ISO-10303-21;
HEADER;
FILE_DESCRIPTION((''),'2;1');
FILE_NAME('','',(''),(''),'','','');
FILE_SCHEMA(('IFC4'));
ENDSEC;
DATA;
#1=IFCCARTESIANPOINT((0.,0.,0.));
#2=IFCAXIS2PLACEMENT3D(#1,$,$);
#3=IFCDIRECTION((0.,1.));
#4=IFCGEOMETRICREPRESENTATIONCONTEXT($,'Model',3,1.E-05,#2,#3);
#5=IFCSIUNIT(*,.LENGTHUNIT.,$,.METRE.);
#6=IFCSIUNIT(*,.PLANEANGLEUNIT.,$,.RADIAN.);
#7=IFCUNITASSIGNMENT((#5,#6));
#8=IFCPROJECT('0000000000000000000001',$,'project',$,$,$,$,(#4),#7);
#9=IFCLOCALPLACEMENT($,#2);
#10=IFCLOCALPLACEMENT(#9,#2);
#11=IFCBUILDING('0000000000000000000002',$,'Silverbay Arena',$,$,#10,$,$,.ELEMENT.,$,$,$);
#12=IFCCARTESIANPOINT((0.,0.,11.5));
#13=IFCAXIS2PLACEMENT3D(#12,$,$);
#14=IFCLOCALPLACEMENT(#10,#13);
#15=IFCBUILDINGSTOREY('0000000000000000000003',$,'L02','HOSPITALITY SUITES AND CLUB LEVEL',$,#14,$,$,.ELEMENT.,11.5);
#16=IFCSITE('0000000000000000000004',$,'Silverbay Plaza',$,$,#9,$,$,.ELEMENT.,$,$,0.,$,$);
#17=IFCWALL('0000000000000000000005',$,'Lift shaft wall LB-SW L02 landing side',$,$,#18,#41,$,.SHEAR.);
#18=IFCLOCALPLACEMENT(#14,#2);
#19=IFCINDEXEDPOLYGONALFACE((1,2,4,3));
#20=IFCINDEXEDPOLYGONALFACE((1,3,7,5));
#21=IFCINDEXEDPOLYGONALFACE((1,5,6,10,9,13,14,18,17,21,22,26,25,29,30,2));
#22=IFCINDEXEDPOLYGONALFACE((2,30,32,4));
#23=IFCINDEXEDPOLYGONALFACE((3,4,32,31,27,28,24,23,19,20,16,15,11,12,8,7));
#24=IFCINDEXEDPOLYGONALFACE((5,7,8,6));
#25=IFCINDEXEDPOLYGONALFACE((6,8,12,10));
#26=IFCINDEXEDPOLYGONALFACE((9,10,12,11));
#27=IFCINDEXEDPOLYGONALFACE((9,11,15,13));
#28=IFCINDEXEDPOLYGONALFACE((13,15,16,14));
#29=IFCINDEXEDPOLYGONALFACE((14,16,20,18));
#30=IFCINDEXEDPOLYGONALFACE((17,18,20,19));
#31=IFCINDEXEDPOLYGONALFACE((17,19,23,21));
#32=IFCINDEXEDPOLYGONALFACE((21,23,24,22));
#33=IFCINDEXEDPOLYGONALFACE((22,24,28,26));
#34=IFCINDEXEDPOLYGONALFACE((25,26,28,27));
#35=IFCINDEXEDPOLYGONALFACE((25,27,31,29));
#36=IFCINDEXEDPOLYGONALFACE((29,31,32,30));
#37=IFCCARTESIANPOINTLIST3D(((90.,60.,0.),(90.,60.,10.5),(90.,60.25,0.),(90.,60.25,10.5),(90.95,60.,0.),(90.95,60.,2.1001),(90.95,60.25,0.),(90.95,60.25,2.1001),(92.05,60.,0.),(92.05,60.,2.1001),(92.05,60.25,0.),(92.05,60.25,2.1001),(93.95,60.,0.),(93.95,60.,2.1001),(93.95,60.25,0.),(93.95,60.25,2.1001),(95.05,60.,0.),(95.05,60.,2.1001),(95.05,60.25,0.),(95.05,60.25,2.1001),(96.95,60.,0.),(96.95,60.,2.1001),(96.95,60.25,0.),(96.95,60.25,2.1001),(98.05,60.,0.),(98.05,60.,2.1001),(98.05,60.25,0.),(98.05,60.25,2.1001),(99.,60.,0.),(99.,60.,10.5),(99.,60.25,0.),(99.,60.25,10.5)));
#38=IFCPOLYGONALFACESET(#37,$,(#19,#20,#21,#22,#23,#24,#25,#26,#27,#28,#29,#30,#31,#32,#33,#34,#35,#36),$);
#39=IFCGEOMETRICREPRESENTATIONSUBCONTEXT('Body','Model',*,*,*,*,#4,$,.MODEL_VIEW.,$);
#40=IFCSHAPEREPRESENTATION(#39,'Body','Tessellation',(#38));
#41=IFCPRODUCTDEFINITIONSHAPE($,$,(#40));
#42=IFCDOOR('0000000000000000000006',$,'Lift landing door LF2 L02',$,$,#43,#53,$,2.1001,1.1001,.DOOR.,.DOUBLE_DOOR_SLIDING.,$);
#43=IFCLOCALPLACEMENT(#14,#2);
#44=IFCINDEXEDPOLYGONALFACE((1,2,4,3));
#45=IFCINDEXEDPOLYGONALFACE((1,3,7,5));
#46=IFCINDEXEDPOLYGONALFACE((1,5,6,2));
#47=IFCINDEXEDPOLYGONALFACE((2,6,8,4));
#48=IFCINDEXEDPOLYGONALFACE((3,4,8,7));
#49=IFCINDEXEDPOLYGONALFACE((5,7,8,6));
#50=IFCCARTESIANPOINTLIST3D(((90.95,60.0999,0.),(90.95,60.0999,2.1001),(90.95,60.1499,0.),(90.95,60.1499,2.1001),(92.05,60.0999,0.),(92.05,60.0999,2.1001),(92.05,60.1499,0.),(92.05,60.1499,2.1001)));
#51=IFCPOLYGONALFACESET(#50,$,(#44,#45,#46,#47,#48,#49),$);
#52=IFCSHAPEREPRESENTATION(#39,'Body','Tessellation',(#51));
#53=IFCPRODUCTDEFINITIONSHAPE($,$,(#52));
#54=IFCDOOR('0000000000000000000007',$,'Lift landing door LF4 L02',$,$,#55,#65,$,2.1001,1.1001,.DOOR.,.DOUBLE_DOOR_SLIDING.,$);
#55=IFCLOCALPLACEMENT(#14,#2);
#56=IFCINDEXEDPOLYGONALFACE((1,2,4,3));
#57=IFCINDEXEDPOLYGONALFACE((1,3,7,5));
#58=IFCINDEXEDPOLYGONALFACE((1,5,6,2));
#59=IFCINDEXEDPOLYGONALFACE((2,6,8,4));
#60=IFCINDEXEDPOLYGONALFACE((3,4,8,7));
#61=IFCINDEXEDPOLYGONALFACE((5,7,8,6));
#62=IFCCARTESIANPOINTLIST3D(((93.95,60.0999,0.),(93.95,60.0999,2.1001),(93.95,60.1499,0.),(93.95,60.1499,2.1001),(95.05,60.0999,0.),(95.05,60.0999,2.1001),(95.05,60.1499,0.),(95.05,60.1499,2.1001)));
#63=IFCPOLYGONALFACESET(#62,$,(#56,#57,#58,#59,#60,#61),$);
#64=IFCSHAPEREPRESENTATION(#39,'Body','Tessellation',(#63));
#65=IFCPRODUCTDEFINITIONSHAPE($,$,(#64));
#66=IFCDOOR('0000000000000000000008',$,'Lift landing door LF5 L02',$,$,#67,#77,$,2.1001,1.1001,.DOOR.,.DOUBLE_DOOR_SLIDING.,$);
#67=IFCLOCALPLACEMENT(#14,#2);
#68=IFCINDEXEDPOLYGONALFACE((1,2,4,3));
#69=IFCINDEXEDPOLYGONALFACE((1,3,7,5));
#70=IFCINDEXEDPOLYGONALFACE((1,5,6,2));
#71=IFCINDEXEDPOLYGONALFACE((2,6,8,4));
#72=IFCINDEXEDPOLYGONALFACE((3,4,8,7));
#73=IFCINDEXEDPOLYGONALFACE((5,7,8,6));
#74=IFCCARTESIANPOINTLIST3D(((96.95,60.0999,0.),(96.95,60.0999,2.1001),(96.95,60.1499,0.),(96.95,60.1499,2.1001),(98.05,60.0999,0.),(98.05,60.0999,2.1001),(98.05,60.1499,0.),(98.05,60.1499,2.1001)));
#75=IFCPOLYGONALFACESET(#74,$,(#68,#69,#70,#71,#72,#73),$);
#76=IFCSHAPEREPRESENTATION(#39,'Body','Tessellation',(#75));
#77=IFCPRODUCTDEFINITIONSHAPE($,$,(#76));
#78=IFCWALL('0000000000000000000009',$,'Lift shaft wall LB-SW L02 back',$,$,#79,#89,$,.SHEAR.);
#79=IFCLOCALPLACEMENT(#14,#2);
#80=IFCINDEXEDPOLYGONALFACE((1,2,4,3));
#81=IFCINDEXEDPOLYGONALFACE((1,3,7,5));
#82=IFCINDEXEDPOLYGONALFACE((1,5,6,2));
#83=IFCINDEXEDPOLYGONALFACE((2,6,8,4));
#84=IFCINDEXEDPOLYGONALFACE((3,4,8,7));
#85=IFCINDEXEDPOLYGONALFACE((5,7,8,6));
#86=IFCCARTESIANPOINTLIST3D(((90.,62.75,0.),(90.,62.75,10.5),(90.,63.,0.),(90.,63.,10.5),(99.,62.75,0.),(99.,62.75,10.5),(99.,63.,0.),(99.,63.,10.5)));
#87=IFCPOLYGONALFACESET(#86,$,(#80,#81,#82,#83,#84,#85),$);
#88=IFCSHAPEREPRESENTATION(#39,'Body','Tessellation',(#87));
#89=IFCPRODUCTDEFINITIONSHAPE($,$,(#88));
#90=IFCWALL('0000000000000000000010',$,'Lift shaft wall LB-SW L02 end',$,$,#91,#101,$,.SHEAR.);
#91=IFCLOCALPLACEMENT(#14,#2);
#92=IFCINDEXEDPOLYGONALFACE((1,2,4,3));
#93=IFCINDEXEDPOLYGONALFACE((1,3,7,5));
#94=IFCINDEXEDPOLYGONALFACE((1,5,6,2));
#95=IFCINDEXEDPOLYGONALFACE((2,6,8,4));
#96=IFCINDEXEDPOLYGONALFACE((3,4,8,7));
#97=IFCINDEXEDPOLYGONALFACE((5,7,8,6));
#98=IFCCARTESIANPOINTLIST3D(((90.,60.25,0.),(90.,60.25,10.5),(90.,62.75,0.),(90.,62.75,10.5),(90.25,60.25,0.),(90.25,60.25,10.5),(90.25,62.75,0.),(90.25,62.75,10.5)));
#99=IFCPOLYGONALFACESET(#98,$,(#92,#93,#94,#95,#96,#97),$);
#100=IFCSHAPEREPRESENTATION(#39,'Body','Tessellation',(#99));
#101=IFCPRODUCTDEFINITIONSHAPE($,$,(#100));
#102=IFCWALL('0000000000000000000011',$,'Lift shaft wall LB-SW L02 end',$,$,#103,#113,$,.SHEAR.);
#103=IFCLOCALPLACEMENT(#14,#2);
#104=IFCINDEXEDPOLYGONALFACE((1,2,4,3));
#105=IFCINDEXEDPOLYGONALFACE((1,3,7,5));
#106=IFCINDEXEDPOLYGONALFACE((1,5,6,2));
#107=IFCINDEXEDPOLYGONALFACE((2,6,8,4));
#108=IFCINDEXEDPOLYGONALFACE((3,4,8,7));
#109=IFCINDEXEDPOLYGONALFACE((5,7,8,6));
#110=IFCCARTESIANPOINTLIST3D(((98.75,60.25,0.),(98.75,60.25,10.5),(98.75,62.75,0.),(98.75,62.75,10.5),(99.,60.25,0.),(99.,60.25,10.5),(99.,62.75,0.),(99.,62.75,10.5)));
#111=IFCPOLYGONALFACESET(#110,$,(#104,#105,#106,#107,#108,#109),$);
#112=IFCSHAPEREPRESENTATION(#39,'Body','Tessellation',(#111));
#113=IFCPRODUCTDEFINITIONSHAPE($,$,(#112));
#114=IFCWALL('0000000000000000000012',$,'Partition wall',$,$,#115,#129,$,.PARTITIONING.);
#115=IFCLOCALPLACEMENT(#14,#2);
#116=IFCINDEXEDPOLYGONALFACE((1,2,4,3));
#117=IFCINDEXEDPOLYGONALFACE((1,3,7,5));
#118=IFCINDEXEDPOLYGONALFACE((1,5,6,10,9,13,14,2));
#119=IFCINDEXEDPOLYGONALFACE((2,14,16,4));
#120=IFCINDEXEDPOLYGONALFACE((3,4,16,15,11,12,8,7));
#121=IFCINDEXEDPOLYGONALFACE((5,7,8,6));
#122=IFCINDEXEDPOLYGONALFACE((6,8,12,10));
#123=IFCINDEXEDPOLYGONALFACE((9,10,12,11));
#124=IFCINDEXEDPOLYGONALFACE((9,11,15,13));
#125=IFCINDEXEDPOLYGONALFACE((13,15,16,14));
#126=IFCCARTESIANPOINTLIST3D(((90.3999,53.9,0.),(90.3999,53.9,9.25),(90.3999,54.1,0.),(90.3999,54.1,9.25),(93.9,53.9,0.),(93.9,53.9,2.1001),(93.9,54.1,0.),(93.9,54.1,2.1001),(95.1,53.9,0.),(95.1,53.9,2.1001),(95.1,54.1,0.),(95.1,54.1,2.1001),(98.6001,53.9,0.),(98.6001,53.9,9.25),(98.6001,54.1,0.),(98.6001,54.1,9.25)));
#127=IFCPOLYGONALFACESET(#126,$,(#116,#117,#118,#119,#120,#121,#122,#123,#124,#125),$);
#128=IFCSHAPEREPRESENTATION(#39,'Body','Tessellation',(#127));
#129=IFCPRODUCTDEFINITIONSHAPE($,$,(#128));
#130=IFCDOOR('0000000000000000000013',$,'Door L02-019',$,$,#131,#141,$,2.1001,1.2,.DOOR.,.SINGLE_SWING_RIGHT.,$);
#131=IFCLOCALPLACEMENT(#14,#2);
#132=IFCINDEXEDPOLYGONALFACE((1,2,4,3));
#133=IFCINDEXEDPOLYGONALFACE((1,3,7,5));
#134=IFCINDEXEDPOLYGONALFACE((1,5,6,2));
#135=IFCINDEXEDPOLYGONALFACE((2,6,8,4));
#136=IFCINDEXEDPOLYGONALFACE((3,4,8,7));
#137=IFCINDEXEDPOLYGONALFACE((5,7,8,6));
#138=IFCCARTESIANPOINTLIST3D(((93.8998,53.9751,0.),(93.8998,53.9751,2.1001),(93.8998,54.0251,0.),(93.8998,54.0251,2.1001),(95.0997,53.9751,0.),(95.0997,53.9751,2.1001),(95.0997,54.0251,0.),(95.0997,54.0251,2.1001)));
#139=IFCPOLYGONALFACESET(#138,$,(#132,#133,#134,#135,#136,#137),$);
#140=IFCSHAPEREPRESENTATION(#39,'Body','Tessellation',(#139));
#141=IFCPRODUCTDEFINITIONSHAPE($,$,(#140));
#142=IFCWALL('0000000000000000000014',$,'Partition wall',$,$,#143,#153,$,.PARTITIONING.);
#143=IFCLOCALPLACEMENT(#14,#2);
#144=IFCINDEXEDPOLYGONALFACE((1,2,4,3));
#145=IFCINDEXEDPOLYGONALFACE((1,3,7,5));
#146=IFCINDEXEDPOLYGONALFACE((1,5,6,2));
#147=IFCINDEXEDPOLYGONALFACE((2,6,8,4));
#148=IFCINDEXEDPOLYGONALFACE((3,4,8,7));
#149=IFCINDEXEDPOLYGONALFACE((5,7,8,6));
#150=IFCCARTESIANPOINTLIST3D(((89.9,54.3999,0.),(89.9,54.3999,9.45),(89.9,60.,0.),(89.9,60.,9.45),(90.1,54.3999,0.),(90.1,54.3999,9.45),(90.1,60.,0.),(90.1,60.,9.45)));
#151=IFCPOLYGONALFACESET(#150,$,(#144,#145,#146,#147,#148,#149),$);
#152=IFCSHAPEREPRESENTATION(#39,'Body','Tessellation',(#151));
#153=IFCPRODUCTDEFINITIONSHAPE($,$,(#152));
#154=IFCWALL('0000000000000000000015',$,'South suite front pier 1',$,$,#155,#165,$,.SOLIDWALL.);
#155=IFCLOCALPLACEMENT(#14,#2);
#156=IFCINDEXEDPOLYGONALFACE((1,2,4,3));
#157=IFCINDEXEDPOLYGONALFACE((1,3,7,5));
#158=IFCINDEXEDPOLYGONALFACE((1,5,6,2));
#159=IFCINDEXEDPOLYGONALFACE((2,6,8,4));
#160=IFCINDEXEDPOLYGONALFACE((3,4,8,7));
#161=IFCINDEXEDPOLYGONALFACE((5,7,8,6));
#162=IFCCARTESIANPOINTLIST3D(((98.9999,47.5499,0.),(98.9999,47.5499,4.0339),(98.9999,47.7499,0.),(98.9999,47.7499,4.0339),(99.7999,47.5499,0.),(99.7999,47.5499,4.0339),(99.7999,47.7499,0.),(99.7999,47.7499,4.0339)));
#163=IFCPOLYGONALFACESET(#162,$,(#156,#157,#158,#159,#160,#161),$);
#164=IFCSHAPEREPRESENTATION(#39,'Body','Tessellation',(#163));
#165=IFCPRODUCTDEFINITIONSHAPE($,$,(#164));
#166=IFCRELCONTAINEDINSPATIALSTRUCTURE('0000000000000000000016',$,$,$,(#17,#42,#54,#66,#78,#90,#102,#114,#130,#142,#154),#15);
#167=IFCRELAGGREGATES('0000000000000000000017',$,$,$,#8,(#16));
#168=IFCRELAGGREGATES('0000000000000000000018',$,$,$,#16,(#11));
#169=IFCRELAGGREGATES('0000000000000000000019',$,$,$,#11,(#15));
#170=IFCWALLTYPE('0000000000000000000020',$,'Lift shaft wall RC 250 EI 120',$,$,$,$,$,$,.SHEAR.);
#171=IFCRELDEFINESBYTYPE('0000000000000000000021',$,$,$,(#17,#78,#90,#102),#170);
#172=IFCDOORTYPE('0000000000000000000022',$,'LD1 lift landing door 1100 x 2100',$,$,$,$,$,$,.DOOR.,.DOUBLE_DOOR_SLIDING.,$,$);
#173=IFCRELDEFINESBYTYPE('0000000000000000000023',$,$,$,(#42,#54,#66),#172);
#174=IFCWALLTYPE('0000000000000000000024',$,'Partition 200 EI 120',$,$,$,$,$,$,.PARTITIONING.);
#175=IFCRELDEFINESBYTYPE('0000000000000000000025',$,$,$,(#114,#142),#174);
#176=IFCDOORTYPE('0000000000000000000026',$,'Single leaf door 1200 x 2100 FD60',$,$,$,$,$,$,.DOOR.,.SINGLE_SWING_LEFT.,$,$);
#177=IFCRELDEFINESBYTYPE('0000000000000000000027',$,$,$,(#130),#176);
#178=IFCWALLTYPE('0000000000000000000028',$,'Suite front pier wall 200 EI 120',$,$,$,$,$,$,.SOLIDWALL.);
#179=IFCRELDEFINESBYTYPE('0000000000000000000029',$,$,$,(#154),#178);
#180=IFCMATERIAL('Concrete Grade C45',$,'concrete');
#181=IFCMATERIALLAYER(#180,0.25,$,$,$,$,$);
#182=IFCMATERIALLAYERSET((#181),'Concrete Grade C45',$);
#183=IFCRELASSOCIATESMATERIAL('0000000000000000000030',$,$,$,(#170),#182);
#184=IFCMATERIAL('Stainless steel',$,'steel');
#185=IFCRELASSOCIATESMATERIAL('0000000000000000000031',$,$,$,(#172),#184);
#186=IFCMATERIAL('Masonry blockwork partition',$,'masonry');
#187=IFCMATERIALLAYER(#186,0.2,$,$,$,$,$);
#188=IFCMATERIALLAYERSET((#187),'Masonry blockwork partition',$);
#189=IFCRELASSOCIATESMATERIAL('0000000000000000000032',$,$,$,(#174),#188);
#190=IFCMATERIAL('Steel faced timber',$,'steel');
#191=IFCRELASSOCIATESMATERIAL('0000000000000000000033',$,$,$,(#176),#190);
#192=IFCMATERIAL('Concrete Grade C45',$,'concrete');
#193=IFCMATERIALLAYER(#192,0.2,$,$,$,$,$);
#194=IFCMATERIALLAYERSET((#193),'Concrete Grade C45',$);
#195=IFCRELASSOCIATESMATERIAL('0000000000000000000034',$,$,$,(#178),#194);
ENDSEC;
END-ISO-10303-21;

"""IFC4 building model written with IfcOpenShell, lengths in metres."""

from ifc_helpers import new_model, si_unit, direction, frame, frame_2d, origin, place, context, subcontext, project, spatial, rectangle, extrude, material, layer, layer_set, type_object, element, fill, save


model = new_model("IFC4")

# Units and contexts
model_context = context("Model", 3, precision=1e-05, world=origin(), true_north=direction((0.0, 1.0)))
body_context = subcontext(model_context, "Body", "Model", "MODEL_VIEW")
ifc_project = project(units=[si_unit("LENGTHUNIT", "METRE"), si_unit("PLANEANGLEUNIT", "RADIAN")], contexts=[model_context])

# Site, building, storey
site_placement = place(None, origin())
site = spatial("IfcSite", under=ifc_project, at=site_placement, Name="Silverbay Plaza", CompositionType="ELEMENT", RefElevation=0.0)
building_placement = place(site_placement, origin())
building = spatial("IfcBuilding", under=site, at=building_placement, Name="Silverbay Arena", CompositionType="ELEMENT")
storey_placement = place(building_placement, frame((0.0, 0.0, 11.5)))
storey = spatial("IfcBuildingStorey", under=building, at=storey_placement, Name="L02", Description="HOSPITALITY SUITES AND CLUB LEVEL", CompositionType="ELEMENT", Elevation=11.5)

# Wall, openings, doors
ifc_material_1 = material(Name="Concrete Grade C45", Category="concrete")
ifc_layer_1 = layer(ifc_material_1, 0.25)
ifc_layer_set_1 = layer_set([ifc_layer_1], Name="Concrete Grade C45")
wall_type_1 = type_object("IfcWallType", Name="Lift shaft wall RC 250 EI 120", PredefinedType="SHEAR", material=ifc_layer_set_1)
wall_1_placement = place(storey_placement, frame((90.0, 60.125, 0.0), z_axis=(0.0, 0.0, 1.0), x_axis=(1.0, 0.0, 0.0)))
wall_1 = element("IfcWall", 1, at=wall_1_placement, inside=storey, type_object=wall_type_1, Name="Lift shaft wall LB-SW L02 landing side", PredefinedType="SHEAR", context=body_context, shape_type="SweptSolid", body=[
    extrude(rectangle(XDim=9.0, YDim=0.25, at=frame_2d((4.5, 0.0))), origin(), (0.0, 0.0, 1.0), 10.5),
])
opening_1_placement = place(wall_1_placement, frame((0.95, 0.0, 0.0)))
opening_1 = element("IfcOpeningElement", 2, at=opening_1_placement, cuts=wall_1, PredefinedType="OPENING", context=body_context, shape_type="SweptSolid", body=[
    extrude(rectangle(XDim=1.1001, YDim=2.1001, at=frame_2d((0.55, 1.05))), frame((0.0, 0.135, 0.0), z_axis=(0.0, -1.0, 0.0), x_axis=(1.0, 0.0, 0.0)), (0.0, 0.0, 1.0), 0.27),
])
opening_2_placement = place(wall_1_placement, frame((3.95, 0.0, 0.0)))
opening_2 = element("IfcOpeningElement", 3, at=opening_2_placement, cuts=wall_1, PredefinedType="OPENING", context=body_context, shape_type="SweptSolid", body=[
    extrude(rectangle(XDim=1.1001, YDim=2.1001, at=frame_2d((0.55, 1.05))), frame((0.0, 0.135, 0.0), z_axis=(0.0, -1.0, 0.0), x_axis=(1.0, 0.0, 0.0)), (0.0, 0.0, 1.0), 0.27),
])
opening_3_placement = place(wall_1_placement, frame((6.95, 0.0, 0.0)))
opening_3 = element("IfcOpeningElement", 4, at=opening_3_placement, cuts=wall_1, PredefinedType="OPENING", context=body_context, shape_type="SweptSolid", body=[
    extrude(rectangle(XDim=1.1001, YDim=2.1001, at=frame_2d((0.55, 1.05))), frame((0.0, 0.135, 0.0), z_axis=(0.0, -1.0, 0.0), x_axis=(1.0, 0.0, 0.0)), (0.0, 0.0, 1.0), 0.27),
])
ifc_material_2 = material(Name="Stainless steel", Category="steel")
door_type_1 = type_object("IfcDoorType", Name="LD1 lift landing door 1100 x 2100", OperationType="DOUBLE_DOOR_SLIDING", PredefinedType="DOOR", material=ifc_material_2)
door_1_placement = place(opening_1_placement, origin())
door_1 = element("IfcDoor", 5, at=door_1_placement, inside=storey, type_object=door_type_1, Name="Lift landing door LF2 L02", OperationType="DOUBLE_DOOR_SLIDING", OverallHeight=2.1001, OverallWidth=1.1001, PredefinedType="DOOR", context=body_context, shape_type="SweptSolid", body=[
    extrude(rectangle(XDim=1.1001, YDim=2.1001, at=frame_2d((0.55, 1.05))), frame((0.0, 0.0249, 0.0), z_axis=(0.0, -1.0, 0.0), x_axis=(1.0, 0.0, 0.0)), (0.0, 0.0, 1.0), 0.05),
])
fill(opening_1, door_1)
door_2_placement = place(opening_2_placement, origin())
door_2 = element("IfcDoor", 6, at=door_2_placement, inside=storey, type_object=door_type_1, Name="Lift landing door LF4 L02", OperationType="DOUBLE_DOOR_SLIDING", OverallHeight=2.1001, OverallWidth=1.1001, PredefinedType="DOOR", context=body_context, shape_type="SweptSolid", body=[
    extrude(rectangle(XDim=1.1001, YDim=2.1001, at=frame_2d((0.55, 1.05))), frame((0.0, 0.0249, 0.0), z_axis=(0.0, -1.0, 0.0), x_axis=(1.0, 0.0, 0.0)), (0.0, 0.0, 1.0), 0.05),
])
fill(opening_2, door_2)
door_3_placement = place(opening_3_placement, origin())
door_3 = element("IfcDoor", 7, at=door_3_placement, inside=storey, type_object=door_type_1, Name="Lift landing door LF5 L02", OperationType="DOUBLE_DOOR_SLIDING", OverallHeight=2.1001, OverallWidth=1.1001, PredefinedType="DOOR", context=body_context, shape_type="SweptSolid", body=[
    extrude(rectangle(XDim=1.1001, YDim=2.1001, at=frame_2d((0.55, 1.05))), frame((0.0, 0.0249, 0.0), z_axis=(0.0, -1.0, 0.0), x_axis=(1.0, 0.0, 0.0)), (0.0, 0.0, 1.0), 0.05),
])
fill(opening_3, door_3)

# Walls
wall_2_placement = place(storey_placement, frame((90.0, 62.875, 0.0), z_axis=(0.0, 0.0, 1.0), x_axis=(1.0, 0.0, 0.0)))
element("IfcWall", 8, at=wall_2_placement, inside=storey, type_object=wall_type_1, Name="Lift shaft wall LB-SW L02 back", PredefinedType="SHEAR", context=body_context, shape_type="SweptSolid", body=[
    extrude(rectangle(XDim=9.0, YDim=0.25, at=frame_2d((4.5, 0.0))), origin(), (0.0, 0.0, 1.0), 10.5),
])
for number, where, z_axis, x_axis, name in (
    (9, (90.125, 60.25, 0.0), (0.0, 0.0, 1.0), (0.0, 1.0, 0.0), "Lift shaft wall LB-SW L02 end"),
    (10, (98.875, 60.25, 0.0), (0.0, 0.0, 1.0), (0.0, 1.0, 0.0), "Lift shaft wall LB-SW L02 end"),
):
    element("IfcWall", number, at=place(storey_placement, frame(where, z_axis=z_axis, x_axis=x_axis)), inside=storey, type_object=wall_type_1, Name=name, PredefinedType="SHEAR", context=body_context, shape_type="SweptSolid", body=[
        extrude(rectangle(XDim=2.5, YDim=0.25, at=frame_2d((1.25, 0.0))), origin(), (0.0, 0.0, 1.0), 10.5),
    ])

# Wall, opening, door
ifc_material_3 = material(Name="Masonry blockwork partition", Category="masonry")
ifc_layer_2 = layer(ifc_material_3, 0.2)
ifc_layer_set_2 = layer_set([ifc_layer_2], Name="Masonry blockwork partition")
wall_type_2 = type_object("IfcWallType", Name="Partition 200 EI 120", PredefinedType="PARTITIONING", material=ifc_layer_set_2)
wall_3_placement = place(storey_placement, frame((90.3999, 54.0, 0.0), z_axis=(0.0, 0.0, 1.0), x_axis=(1.0, 0.0, 0.0)))
wall_3 = element("IfcWall", 11, at=wall_3_placement, inside=storey, type_object=wall_type_2, Name="Partition wall", PredefinedType="PARTITIONING", context=body_context, shape_type="SweptSolid", body=[
    extrude(rectangle(XDim=8.2002, YDim=0.2, at=frame_2d((4.1001, 0.0))), origin(), (0.0, 0.0, 1.0), 9.25),
])
opening_4_placement = place(wall_3_placement, frame((3.5, 0.0, 0.0)))
opening_4 = element("IfcOpeningElement", 12, at=opening_4_placement, cuts=wall_3, PredefinedType="OPENING", context=body_context, shape_type="SweptSolid", body=[
    extrude(rectangle(XDim=1.2, YDim=2.1001, at=frame_2d((0.6001, 1.05))), frame((0.0, 0.1099, 0.0), z_axis=(0.0, -1.0, 0.0), x_axis=(1.0, 0.0, 0.0)), (0.0, 0.0, 1.0), 0.22),
])
ifc_material_4 = material(Name="Steel faced timber", Category="steel")
door_type_2 = type_object("IfcDoorType", Name="Single leaf door 1200 x 2100 FD60", OperationType="SINGLE_SWING_LEFT", PredefinedType="DOOR", material=ifc_material_4)
door_4_placement = place(opening_4_placement, frame((1.2, 0.0, 0.0), z_axis=(0.0, 0.0, 1.0), x_axis=(-1.0, 0.0, 0.0)))
door_4 = element("IfcDoor", 13, at=door_4_placement, inside=storey, type_object=door_type_2, Name="Door L02-019", OperationType="SINGLE_SWING_RIGHT", OverallHeight=2.1001, OverallWidth=1.2, PredefinedType="DOOR", context=body_context, shape_type="SweptSolid", body=[
    extrude(rectangle(XDim=1.2, YDim=2.1001, at=frame_2d((0.6001, 1.05))), frame((0.0, 0.0249, 0.0), z_axis=(0.0, -1.0, 0.0), x_axis=(1.0, 0.0, 0.0)), (0.0, 0.0, 1.0), 0.05),
])
fill(opening_4, door_4)

# Walls
wall_4_placement = place(storey_placement, frame((90.0, 54.3999, 0.0), z_axis=(0.0, 0.0, 1.0), x_axis=(0.0, 1.0, 0.0)))
element("IfcWall", 14, at=wall_4_placement, inside=storey, type_object=wall_type_2, Name="Partition wall", PredefinedType="PARTITIONING", context=body_context, shape_type="SweptSolid", body=[
    extrude(rectangle(XDim=5.6001, YDim=0.2, at=frame_2d((2.8, 0.0))), origin(), (0.0, 0.0, 1.0), 9.45),
])
ifc_material_5 = material(Name="Concrete Grade C45", Category="concrete")
ifc_layer_3 = layer(ifc_material_5, 0.2)
ifc_layer_set_3 = layer_set([ifc_layer_3], Name="Concrete Grade C45")
wall_type_3 = type_object("IfcWallType", Name="Suite front pier wall 200 EI 120", PredefinedType="SOLIDWALL", material=ifc_layer_set_3)
wall_5_placement = place(storey_placement, frame((99.0, 47.6499, 0.0), z_axis=(0.0, 0.0, 1.0), x_axis=(1.0, 0.0, 0.0)))
element("IfcWall", 15, at=wall_5_placement, inside=storey, type_object=wall_type_3, Name="South suite front pier 1", PredefinedType="SOLIDWALL", context=body_context, shape_type="SweptSolid", body=[
    extrude(rectangle(XDim=0.8, YDim=0.2, at=frame_2d((0.3999, 0.0))), origin(), (0.0, 0.0, 1.0), 4.0339),
])

save(model, "model.ifc")
